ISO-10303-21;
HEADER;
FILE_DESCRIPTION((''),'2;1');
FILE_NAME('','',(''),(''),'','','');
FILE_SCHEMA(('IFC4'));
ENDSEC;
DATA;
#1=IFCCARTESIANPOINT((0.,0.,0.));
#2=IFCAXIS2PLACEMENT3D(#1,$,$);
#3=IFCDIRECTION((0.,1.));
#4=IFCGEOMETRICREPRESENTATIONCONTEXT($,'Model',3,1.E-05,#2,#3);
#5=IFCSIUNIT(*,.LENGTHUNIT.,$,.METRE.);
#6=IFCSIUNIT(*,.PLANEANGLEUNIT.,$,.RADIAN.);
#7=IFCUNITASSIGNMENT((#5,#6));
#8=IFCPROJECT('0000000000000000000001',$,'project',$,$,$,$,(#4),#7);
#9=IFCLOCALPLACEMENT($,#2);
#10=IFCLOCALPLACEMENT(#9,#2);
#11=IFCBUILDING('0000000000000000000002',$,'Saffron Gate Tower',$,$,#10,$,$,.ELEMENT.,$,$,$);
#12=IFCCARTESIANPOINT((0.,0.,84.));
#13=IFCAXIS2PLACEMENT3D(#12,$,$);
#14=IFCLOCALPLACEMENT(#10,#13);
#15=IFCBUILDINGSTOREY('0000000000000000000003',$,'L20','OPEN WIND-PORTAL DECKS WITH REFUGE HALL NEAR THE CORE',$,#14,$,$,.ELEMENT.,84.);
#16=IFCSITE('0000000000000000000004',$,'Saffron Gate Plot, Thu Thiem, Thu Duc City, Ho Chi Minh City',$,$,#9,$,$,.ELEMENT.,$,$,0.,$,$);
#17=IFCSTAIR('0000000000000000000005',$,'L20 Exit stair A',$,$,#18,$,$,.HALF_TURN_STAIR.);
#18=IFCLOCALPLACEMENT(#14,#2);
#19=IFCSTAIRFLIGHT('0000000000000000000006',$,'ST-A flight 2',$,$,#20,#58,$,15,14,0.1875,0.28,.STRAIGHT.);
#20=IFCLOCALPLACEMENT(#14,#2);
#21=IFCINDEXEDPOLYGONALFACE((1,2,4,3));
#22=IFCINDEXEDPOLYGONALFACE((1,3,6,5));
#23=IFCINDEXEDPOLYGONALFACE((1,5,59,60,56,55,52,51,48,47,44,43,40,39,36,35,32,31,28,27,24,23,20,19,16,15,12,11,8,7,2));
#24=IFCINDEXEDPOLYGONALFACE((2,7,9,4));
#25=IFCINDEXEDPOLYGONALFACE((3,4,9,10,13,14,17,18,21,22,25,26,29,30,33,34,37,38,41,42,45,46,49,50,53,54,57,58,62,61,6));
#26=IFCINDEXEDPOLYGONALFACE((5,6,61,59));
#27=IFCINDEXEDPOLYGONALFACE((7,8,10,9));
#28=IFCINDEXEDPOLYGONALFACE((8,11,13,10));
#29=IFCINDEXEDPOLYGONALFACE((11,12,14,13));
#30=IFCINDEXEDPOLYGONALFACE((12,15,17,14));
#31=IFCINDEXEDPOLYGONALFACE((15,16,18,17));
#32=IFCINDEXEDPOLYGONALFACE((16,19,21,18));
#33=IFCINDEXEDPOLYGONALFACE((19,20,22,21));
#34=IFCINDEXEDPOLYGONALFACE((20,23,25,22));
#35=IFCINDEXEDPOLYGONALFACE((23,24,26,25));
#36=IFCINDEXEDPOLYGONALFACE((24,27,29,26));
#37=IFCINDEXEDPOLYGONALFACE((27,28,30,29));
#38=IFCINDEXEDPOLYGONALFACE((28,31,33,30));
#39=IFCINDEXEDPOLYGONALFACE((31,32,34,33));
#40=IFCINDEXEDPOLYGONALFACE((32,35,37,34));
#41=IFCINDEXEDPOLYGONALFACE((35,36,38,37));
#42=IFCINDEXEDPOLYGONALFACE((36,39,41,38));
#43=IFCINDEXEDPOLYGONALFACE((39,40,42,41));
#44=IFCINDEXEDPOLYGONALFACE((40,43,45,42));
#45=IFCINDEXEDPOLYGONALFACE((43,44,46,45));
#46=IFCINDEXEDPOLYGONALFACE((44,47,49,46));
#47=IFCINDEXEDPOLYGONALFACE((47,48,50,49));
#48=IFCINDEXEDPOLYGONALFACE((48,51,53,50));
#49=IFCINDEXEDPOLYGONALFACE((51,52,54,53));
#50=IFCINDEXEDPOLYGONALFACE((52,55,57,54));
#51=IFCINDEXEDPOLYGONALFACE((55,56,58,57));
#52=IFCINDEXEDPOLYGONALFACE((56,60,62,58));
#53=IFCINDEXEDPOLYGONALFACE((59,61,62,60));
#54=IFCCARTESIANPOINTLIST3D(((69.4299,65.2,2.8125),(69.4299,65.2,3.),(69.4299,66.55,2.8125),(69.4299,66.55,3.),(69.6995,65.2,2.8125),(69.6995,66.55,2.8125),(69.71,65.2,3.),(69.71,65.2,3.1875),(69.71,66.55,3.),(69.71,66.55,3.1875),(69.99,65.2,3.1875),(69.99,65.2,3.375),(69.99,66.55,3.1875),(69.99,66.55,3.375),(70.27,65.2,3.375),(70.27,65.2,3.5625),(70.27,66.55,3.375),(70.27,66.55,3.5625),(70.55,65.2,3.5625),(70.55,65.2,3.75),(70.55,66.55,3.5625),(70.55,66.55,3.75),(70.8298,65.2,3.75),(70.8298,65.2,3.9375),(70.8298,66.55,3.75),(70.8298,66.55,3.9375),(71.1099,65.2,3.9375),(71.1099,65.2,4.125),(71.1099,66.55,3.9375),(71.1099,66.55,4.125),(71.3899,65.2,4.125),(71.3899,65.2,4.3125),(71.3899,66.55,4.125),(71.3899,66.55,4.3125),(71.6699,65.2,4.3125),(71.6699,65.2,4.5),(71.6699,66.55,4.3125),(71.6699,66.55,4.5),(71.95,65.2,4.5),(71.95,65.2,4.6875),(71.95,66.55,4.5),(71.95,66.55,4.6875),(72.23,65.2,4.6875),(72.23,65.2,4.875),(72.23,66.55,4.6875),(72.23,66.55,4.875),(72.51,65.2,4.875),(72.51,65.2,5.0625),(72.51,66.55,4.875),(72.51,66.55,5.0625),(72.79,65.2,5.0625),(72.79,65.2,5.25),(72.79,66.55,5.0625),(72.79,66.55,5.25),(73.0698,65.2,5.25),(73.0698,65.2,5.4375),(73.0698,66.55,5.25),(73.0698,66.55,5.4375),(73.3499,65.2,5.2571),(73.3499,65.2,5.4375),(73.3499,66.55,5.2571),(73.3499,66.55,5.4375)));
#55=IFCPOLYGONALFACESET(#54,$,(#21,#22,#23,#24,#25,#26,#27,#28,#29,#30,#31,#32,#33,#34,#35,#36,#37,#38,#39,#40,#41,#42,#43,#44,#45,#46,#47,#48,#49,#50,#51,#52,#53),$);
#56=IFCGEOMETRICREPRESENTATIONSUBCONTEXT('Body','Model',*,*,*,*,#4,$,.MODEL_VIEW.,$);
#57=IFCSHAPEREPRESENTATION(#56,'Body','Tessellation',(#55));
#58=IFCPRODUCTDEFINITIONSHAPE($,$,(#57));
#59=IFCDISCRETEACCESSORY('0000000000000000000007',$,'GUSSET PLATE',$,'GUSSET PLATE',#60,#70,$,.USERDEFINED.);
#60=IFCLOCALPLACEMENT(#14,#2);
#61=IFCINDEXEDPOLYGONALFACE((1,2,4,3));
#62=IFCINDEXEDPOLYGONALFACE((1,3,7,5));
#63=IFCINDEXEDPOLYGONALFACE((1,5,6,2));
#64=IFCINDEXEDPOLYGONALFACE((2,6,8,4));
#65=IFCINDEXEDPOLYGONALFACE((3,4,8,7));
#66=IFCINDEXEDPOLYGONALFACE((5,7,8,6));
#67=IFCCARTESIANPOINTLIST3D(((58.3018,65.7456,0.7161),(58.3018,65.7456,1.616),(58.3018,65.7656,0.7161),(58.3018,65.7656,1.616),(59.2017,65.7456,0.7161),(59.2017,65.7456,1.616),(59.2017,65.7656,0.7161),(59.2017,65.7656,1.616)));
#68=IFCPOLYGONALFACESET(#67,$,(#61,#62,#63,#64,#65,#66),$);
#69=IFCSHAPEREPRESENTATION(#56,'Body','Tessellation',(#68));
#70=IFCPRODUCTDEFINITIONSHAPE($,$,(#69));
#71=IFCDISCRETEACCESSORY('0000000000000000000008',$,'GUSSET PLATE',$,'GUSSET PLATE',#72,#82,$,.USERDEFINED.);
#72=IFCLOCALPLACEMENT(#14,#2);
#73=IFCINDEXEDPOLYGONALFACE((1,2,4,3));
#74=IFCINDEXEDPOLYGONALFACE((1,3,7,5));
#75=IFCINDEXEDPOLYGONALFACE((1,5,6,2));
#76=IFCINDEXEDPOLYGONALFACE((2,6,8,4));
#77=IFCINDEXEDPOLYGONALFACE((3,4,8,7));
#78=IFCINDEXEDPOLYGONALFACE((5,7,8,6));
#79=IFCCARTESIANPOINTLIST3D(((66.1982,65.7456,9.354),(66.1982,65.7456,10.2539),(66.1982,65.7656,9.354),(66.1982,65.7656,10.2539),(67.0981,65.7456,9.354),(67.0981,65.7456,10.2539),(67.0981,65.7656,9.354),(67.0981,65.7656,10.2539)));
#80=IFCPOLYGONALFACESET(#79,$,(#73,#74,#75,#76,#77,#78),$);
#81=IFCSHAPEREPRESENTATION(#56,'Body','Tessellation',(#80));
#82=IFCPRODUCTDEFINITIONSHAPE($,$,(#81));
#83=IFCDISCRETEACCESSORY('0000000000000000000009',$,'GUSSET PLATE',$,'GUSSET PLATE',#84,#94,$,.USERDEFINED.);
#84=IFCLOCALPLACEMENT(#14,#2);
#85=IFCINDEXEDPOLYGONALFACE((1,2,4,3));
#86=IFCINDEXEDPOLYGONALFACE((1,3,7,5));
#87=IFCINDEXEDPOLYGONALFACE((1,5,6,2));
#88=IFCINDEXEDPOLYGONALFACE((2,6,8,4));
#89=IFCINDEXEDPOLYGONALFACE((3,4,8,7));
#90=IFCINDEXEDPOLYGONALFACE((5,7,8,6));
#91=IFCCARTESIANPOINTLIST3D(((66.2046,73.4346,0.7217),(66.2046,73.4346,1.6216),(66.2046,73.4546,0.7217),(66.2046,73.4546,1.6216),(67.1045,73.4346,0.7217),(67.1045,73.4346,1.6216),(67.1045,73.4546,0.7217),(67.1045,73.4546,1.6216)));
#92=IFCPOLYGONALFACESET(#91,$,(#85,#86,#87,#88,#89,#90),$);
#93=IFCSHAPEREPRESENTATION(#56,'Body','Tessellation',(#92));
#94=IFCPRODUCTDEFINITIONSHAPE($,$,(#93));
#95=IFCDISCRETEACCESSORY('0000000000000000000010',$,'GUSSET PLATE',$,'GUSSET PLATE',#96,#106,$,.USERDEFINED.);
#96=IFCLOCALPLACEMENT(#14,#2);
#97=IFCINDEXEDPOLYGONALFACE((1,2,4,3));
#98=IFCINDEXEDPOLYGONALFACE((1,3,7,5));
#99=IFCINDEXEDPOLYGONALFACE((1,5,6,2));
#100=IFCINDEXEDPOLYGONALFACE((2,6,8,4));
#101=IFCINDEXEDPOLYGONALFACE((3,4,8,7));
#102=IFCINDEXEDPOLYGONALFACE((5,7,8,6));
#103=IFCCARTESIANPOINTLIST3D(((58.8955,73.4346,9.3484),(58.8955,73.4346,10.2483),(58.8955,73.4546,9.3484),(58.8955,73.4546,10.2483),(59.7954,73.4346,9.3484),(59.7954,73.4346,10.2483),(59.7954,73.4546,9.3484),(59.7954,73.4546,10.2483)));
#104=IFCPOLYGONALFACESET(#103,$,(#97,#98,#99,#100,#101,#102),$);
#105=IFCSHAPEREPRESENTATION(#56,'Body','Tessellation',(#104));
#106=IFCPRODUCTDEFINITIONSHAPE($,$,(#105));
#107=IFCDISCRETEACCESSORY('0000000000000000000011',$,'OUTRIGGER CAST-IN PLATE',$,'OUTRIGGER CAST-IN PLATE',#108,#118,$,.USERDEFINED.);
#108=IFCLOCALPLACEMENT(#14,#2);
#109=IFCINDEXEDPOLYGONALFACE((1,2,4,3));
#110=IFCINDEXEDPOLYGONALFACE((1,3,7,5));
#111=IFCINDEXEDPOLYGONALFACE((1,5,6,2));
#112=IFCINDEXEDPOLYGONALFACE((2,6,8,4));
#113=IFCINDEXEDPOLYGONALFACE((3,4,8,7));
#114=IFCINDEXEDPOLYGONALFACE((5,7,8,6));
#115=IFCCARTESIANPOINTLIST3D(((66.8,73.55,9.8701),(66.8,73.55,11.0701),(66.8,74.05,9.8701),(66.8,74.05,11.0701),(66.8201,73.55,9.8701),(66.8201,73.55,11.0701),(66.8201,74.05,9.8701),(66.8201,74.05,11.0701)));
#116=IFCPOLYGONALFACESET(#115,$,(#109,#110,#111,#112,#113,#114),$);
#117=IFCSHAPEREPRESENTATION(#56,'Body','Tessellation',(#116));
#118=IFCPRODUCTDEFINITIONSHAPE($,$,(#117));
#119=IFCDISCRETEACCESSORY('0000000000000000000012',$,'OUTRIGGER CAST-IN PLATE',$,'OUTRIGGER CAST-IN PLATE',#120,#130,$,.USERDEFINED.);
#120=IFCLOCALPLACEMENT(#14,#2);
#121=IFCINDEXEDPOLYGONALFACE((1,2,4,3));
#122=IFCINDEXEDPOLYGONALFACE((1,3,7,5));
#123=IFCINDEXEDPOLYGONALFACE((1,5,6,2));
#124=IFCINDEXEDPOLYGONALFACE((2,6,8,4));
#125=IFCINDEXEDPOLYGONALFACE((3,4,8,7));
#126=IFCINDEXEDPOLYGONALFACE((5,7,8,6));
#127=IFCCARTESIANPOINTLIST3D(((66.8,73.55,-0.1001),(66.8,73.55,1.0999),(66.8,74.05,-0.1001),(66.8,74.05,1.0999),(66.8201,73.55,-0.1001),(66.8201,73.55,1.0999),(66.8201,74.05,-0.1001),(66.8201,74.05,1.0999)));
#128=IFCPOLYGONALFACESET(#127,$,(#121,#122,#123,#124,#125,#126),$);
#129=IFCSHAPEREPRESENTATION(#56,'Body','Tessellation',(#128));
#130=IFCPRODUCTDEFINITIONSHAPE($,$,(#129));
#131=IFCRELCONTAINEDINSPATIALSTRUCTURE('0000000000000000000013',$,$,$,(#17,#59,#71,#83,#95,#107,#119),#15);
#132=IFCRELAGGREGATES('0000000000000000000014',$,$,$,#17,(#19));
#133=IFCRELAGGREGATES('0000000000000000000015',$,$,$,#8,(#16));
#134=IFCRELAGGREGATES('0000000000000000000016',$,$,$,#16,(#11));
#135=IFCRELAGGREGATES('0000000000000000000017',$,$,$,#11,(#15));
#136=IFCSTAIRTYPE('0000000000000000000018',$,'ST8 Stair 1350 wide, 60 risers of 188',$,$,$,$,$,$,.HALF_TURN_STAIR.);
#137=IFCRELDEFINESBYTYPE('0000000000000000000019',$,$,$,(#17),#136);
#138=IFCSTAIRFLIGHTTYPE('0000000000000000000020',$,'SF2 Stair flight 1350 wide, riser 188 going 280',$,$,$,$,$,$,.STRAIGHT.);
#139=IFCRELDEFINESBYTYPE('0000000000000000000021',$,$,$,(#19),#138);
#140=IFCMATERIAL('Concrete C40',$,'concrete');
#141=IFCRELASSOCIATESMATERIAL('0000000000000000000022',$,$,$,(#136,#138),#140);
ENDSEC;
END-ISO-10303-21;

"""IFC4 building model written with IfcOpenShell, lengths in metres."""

from ifc_helpers import new_model, si_unit, direction, frame, origin, origin_2d, place, context, subcontext, project, spatial, polyline, rectangle, outline, extrude, material, type_object, element, aggregate, save


model = new_model("IFC4")

# Units and contexts
model_context = context("Model", 3, precision=1e-05, world=origin(), true_north=direction((0.0, 1.0)))
body_context = subcontext(model_context, "Body", "Model", "MODEL_VIEW")
ifc_project = project(units=[si_unit("LENGTHUNIT", "METRE"), si_unit("PLANEANGLEUNIT", "RADIAN")], contexts=[model_context])

# Site, building, storey
site_placement = place(None, origin())
site = spatial("IfcSite", under=ifc_project, at=site_placement, Name="Saffron Gate Plot, Thu Thiem, Thu Duc City, Ho Chi Minh City", CompositionType="ELEMENT", RefElevation=0.0)
building_placement = place(site_placement, origin())
building = spatial("IfcBuilding", under=site, at=building_placement, Name="Saffron Gate Tower", CompositionType="ELEMENT")
storey_placement = place(building_placement, frame((0.0, 0.0, 84.0)))
storey = spatial("IfcBuildingStorey", under=building, at=storey_placement, Name="L20", Description="OPEN WIND-PORTAL DECKS WITH REFUGE HALL NEAR THE CORE", CompositionType="ELEMENT", Elevation=84.0)

# Stair, stair flight
ifc_material_1 = material(Name="Concrete C40", Category="concrete")
stair_type = type_object("IfcStairType", Name="ST8 Stair 1350 wide, 60 risers of 188", PredefinedType="HALF_TURN_STAIR", material=ifc_material_1)
stair_placement = place(storey_placement, origin())
stair = element("IfcStair", 1, at=stair_placement, inside=storey, type_object=stair_type, Name="L20 Exit stair A", PredefinedType="HALF_TURN_STAIR")
stair_flight_type = type_object("IfcStairFlightType", Name="SF2 Stair flight 1350 wide, riser 188 going 280", PredefinedType="STRAIGHT", material=ifc_material_1)
stair_flight_placement = place(storey_placement, frame((69.4299, 65.875, 2.8125), z_axis=(0.0, 0.0, 1.0), x_axis=(1.0, 0.0, 0.0)))
stair_flight = element("IfcStairFlight", 2, at=stair_flight_placement, type_object=stair_flight_type, Name="ST-A flight 2", NumberOfRisers=15, NumberOfTreads=14, PredefinedType="STRAIGHT", RiserHeight=0.1875, TreadLength=0.28, context=body_context, shape_type="SweptSolid", body=[
    extrude(outline(polyline([(0.0, 0.0), (0.0, 0.1875), (0.28, 0.1875), (0.28, 0.375), (0.5601, 0.375), (0.5601, 0.5625), (0.8401, 0.5625), (0.8401, 0.75), (1.1201, 0.75), (1.1201, 0.9375), (1.3999, 0.9375), (1.3999, 1.125), (1.6799, 1.125), (1.6799, 1.3125), (1.96, 1.3125), (1.96, 1.5), (2.24, 1.5), (2.24, 1.6875), (2.52, 1.6875), (2.52, 1.875), (2.8, 1.875), (2.8, 2.0625), (3.0801, 2.0625), (3.0801, 2.25), (3.3601, 2.25), (3.3601, 2.4375), (3.6399, 2.4375), (3.6399, 2.625), (3.9199, 2.625), (3.9199, 2.8125), (3.9199, 2.4446), (0.2695, 0.0), (0.0, 0.0)])), frame((0.0, 0.675, 0.0), z_axis=(0.0, -1.0, 0.0), x_axis=(1.0, 0.0, 0.0)), (0.0, 0.0, 1.0), 1.3501),
])
aggregate(stair, [stair_flight])

# Discrete accessories
for number, where, z_axis, x_axis, name in (
    (3, (58.7517, 65.7556, 0.7161), (0.0, 0.0, 1.0), (1.0, 0.0, 0.0), "GUSSET PLATE"),
    (4, (66.6482, 65.7556, 9.354), (0.0, 0.0, 1.0), (1.0, 0.0, 0.0), "GUSSET PLATE"),
    (5, (66.6545, 73.4446, 0.7217), (0.0, 0.0, 1.0), (-1.0, 0.0, 0.0), "GUSSET PLATE"),
    (6, (59.3455, 73.4446, 9.3484), (0.0, 0.0, 1.0), (-1.0, 0.0, 0.0), "GUSSET PLATE"),
):
    element("IfcDiscreteAccessory", number, at=place(storey_placement, frame(where, z_axis=z_axis, x_axis=x_axis)), inside=storey, Name=name, ObjectType="GUSSET PLATE", PredefinedType="USERDEFINED", context=body_context, shape_type="SweptSolid", body=[
        extrude(rectangle(XDim=0.8999, YDim=0.02, at=origin_2d()), origin(), (0.0, 0.0, 1.0), 0.8999),
    ])
for number, where, z_axis, x_axis, name in (
    (7, (66.8101, 73.8, 9.8701), (0.0, 0.0, 1.0), (1.0, 0.0, 0.0), "OUTRIGGER CAST-IN PLATE"),
    (8, (66.8101, 73.8, -0.1001), (0.0, 0.0, 1.0), (1.0, 0.0, 0.0), "OUTRIGGER CAST-IN PLATE"),
):
    element("IfcDiscreteAccessory", number, at=place(storey_placement, frame(where, z_axis=z_axis, x_axis=x_axis)), inside=storey, Name=name, ObjectType="OUTRIGGER CAST-IN PLATE", PredefinedType="USERDEFINED", context=body_context, shape_type="SweptSolid", body=[
        extrude(rectangle(XDim=0.02, YDim=0.5, at=origin_2d()), origin(), (0.0, 0.0, 1.0), 1.2),
    ])

save(model, "model.ifc")
